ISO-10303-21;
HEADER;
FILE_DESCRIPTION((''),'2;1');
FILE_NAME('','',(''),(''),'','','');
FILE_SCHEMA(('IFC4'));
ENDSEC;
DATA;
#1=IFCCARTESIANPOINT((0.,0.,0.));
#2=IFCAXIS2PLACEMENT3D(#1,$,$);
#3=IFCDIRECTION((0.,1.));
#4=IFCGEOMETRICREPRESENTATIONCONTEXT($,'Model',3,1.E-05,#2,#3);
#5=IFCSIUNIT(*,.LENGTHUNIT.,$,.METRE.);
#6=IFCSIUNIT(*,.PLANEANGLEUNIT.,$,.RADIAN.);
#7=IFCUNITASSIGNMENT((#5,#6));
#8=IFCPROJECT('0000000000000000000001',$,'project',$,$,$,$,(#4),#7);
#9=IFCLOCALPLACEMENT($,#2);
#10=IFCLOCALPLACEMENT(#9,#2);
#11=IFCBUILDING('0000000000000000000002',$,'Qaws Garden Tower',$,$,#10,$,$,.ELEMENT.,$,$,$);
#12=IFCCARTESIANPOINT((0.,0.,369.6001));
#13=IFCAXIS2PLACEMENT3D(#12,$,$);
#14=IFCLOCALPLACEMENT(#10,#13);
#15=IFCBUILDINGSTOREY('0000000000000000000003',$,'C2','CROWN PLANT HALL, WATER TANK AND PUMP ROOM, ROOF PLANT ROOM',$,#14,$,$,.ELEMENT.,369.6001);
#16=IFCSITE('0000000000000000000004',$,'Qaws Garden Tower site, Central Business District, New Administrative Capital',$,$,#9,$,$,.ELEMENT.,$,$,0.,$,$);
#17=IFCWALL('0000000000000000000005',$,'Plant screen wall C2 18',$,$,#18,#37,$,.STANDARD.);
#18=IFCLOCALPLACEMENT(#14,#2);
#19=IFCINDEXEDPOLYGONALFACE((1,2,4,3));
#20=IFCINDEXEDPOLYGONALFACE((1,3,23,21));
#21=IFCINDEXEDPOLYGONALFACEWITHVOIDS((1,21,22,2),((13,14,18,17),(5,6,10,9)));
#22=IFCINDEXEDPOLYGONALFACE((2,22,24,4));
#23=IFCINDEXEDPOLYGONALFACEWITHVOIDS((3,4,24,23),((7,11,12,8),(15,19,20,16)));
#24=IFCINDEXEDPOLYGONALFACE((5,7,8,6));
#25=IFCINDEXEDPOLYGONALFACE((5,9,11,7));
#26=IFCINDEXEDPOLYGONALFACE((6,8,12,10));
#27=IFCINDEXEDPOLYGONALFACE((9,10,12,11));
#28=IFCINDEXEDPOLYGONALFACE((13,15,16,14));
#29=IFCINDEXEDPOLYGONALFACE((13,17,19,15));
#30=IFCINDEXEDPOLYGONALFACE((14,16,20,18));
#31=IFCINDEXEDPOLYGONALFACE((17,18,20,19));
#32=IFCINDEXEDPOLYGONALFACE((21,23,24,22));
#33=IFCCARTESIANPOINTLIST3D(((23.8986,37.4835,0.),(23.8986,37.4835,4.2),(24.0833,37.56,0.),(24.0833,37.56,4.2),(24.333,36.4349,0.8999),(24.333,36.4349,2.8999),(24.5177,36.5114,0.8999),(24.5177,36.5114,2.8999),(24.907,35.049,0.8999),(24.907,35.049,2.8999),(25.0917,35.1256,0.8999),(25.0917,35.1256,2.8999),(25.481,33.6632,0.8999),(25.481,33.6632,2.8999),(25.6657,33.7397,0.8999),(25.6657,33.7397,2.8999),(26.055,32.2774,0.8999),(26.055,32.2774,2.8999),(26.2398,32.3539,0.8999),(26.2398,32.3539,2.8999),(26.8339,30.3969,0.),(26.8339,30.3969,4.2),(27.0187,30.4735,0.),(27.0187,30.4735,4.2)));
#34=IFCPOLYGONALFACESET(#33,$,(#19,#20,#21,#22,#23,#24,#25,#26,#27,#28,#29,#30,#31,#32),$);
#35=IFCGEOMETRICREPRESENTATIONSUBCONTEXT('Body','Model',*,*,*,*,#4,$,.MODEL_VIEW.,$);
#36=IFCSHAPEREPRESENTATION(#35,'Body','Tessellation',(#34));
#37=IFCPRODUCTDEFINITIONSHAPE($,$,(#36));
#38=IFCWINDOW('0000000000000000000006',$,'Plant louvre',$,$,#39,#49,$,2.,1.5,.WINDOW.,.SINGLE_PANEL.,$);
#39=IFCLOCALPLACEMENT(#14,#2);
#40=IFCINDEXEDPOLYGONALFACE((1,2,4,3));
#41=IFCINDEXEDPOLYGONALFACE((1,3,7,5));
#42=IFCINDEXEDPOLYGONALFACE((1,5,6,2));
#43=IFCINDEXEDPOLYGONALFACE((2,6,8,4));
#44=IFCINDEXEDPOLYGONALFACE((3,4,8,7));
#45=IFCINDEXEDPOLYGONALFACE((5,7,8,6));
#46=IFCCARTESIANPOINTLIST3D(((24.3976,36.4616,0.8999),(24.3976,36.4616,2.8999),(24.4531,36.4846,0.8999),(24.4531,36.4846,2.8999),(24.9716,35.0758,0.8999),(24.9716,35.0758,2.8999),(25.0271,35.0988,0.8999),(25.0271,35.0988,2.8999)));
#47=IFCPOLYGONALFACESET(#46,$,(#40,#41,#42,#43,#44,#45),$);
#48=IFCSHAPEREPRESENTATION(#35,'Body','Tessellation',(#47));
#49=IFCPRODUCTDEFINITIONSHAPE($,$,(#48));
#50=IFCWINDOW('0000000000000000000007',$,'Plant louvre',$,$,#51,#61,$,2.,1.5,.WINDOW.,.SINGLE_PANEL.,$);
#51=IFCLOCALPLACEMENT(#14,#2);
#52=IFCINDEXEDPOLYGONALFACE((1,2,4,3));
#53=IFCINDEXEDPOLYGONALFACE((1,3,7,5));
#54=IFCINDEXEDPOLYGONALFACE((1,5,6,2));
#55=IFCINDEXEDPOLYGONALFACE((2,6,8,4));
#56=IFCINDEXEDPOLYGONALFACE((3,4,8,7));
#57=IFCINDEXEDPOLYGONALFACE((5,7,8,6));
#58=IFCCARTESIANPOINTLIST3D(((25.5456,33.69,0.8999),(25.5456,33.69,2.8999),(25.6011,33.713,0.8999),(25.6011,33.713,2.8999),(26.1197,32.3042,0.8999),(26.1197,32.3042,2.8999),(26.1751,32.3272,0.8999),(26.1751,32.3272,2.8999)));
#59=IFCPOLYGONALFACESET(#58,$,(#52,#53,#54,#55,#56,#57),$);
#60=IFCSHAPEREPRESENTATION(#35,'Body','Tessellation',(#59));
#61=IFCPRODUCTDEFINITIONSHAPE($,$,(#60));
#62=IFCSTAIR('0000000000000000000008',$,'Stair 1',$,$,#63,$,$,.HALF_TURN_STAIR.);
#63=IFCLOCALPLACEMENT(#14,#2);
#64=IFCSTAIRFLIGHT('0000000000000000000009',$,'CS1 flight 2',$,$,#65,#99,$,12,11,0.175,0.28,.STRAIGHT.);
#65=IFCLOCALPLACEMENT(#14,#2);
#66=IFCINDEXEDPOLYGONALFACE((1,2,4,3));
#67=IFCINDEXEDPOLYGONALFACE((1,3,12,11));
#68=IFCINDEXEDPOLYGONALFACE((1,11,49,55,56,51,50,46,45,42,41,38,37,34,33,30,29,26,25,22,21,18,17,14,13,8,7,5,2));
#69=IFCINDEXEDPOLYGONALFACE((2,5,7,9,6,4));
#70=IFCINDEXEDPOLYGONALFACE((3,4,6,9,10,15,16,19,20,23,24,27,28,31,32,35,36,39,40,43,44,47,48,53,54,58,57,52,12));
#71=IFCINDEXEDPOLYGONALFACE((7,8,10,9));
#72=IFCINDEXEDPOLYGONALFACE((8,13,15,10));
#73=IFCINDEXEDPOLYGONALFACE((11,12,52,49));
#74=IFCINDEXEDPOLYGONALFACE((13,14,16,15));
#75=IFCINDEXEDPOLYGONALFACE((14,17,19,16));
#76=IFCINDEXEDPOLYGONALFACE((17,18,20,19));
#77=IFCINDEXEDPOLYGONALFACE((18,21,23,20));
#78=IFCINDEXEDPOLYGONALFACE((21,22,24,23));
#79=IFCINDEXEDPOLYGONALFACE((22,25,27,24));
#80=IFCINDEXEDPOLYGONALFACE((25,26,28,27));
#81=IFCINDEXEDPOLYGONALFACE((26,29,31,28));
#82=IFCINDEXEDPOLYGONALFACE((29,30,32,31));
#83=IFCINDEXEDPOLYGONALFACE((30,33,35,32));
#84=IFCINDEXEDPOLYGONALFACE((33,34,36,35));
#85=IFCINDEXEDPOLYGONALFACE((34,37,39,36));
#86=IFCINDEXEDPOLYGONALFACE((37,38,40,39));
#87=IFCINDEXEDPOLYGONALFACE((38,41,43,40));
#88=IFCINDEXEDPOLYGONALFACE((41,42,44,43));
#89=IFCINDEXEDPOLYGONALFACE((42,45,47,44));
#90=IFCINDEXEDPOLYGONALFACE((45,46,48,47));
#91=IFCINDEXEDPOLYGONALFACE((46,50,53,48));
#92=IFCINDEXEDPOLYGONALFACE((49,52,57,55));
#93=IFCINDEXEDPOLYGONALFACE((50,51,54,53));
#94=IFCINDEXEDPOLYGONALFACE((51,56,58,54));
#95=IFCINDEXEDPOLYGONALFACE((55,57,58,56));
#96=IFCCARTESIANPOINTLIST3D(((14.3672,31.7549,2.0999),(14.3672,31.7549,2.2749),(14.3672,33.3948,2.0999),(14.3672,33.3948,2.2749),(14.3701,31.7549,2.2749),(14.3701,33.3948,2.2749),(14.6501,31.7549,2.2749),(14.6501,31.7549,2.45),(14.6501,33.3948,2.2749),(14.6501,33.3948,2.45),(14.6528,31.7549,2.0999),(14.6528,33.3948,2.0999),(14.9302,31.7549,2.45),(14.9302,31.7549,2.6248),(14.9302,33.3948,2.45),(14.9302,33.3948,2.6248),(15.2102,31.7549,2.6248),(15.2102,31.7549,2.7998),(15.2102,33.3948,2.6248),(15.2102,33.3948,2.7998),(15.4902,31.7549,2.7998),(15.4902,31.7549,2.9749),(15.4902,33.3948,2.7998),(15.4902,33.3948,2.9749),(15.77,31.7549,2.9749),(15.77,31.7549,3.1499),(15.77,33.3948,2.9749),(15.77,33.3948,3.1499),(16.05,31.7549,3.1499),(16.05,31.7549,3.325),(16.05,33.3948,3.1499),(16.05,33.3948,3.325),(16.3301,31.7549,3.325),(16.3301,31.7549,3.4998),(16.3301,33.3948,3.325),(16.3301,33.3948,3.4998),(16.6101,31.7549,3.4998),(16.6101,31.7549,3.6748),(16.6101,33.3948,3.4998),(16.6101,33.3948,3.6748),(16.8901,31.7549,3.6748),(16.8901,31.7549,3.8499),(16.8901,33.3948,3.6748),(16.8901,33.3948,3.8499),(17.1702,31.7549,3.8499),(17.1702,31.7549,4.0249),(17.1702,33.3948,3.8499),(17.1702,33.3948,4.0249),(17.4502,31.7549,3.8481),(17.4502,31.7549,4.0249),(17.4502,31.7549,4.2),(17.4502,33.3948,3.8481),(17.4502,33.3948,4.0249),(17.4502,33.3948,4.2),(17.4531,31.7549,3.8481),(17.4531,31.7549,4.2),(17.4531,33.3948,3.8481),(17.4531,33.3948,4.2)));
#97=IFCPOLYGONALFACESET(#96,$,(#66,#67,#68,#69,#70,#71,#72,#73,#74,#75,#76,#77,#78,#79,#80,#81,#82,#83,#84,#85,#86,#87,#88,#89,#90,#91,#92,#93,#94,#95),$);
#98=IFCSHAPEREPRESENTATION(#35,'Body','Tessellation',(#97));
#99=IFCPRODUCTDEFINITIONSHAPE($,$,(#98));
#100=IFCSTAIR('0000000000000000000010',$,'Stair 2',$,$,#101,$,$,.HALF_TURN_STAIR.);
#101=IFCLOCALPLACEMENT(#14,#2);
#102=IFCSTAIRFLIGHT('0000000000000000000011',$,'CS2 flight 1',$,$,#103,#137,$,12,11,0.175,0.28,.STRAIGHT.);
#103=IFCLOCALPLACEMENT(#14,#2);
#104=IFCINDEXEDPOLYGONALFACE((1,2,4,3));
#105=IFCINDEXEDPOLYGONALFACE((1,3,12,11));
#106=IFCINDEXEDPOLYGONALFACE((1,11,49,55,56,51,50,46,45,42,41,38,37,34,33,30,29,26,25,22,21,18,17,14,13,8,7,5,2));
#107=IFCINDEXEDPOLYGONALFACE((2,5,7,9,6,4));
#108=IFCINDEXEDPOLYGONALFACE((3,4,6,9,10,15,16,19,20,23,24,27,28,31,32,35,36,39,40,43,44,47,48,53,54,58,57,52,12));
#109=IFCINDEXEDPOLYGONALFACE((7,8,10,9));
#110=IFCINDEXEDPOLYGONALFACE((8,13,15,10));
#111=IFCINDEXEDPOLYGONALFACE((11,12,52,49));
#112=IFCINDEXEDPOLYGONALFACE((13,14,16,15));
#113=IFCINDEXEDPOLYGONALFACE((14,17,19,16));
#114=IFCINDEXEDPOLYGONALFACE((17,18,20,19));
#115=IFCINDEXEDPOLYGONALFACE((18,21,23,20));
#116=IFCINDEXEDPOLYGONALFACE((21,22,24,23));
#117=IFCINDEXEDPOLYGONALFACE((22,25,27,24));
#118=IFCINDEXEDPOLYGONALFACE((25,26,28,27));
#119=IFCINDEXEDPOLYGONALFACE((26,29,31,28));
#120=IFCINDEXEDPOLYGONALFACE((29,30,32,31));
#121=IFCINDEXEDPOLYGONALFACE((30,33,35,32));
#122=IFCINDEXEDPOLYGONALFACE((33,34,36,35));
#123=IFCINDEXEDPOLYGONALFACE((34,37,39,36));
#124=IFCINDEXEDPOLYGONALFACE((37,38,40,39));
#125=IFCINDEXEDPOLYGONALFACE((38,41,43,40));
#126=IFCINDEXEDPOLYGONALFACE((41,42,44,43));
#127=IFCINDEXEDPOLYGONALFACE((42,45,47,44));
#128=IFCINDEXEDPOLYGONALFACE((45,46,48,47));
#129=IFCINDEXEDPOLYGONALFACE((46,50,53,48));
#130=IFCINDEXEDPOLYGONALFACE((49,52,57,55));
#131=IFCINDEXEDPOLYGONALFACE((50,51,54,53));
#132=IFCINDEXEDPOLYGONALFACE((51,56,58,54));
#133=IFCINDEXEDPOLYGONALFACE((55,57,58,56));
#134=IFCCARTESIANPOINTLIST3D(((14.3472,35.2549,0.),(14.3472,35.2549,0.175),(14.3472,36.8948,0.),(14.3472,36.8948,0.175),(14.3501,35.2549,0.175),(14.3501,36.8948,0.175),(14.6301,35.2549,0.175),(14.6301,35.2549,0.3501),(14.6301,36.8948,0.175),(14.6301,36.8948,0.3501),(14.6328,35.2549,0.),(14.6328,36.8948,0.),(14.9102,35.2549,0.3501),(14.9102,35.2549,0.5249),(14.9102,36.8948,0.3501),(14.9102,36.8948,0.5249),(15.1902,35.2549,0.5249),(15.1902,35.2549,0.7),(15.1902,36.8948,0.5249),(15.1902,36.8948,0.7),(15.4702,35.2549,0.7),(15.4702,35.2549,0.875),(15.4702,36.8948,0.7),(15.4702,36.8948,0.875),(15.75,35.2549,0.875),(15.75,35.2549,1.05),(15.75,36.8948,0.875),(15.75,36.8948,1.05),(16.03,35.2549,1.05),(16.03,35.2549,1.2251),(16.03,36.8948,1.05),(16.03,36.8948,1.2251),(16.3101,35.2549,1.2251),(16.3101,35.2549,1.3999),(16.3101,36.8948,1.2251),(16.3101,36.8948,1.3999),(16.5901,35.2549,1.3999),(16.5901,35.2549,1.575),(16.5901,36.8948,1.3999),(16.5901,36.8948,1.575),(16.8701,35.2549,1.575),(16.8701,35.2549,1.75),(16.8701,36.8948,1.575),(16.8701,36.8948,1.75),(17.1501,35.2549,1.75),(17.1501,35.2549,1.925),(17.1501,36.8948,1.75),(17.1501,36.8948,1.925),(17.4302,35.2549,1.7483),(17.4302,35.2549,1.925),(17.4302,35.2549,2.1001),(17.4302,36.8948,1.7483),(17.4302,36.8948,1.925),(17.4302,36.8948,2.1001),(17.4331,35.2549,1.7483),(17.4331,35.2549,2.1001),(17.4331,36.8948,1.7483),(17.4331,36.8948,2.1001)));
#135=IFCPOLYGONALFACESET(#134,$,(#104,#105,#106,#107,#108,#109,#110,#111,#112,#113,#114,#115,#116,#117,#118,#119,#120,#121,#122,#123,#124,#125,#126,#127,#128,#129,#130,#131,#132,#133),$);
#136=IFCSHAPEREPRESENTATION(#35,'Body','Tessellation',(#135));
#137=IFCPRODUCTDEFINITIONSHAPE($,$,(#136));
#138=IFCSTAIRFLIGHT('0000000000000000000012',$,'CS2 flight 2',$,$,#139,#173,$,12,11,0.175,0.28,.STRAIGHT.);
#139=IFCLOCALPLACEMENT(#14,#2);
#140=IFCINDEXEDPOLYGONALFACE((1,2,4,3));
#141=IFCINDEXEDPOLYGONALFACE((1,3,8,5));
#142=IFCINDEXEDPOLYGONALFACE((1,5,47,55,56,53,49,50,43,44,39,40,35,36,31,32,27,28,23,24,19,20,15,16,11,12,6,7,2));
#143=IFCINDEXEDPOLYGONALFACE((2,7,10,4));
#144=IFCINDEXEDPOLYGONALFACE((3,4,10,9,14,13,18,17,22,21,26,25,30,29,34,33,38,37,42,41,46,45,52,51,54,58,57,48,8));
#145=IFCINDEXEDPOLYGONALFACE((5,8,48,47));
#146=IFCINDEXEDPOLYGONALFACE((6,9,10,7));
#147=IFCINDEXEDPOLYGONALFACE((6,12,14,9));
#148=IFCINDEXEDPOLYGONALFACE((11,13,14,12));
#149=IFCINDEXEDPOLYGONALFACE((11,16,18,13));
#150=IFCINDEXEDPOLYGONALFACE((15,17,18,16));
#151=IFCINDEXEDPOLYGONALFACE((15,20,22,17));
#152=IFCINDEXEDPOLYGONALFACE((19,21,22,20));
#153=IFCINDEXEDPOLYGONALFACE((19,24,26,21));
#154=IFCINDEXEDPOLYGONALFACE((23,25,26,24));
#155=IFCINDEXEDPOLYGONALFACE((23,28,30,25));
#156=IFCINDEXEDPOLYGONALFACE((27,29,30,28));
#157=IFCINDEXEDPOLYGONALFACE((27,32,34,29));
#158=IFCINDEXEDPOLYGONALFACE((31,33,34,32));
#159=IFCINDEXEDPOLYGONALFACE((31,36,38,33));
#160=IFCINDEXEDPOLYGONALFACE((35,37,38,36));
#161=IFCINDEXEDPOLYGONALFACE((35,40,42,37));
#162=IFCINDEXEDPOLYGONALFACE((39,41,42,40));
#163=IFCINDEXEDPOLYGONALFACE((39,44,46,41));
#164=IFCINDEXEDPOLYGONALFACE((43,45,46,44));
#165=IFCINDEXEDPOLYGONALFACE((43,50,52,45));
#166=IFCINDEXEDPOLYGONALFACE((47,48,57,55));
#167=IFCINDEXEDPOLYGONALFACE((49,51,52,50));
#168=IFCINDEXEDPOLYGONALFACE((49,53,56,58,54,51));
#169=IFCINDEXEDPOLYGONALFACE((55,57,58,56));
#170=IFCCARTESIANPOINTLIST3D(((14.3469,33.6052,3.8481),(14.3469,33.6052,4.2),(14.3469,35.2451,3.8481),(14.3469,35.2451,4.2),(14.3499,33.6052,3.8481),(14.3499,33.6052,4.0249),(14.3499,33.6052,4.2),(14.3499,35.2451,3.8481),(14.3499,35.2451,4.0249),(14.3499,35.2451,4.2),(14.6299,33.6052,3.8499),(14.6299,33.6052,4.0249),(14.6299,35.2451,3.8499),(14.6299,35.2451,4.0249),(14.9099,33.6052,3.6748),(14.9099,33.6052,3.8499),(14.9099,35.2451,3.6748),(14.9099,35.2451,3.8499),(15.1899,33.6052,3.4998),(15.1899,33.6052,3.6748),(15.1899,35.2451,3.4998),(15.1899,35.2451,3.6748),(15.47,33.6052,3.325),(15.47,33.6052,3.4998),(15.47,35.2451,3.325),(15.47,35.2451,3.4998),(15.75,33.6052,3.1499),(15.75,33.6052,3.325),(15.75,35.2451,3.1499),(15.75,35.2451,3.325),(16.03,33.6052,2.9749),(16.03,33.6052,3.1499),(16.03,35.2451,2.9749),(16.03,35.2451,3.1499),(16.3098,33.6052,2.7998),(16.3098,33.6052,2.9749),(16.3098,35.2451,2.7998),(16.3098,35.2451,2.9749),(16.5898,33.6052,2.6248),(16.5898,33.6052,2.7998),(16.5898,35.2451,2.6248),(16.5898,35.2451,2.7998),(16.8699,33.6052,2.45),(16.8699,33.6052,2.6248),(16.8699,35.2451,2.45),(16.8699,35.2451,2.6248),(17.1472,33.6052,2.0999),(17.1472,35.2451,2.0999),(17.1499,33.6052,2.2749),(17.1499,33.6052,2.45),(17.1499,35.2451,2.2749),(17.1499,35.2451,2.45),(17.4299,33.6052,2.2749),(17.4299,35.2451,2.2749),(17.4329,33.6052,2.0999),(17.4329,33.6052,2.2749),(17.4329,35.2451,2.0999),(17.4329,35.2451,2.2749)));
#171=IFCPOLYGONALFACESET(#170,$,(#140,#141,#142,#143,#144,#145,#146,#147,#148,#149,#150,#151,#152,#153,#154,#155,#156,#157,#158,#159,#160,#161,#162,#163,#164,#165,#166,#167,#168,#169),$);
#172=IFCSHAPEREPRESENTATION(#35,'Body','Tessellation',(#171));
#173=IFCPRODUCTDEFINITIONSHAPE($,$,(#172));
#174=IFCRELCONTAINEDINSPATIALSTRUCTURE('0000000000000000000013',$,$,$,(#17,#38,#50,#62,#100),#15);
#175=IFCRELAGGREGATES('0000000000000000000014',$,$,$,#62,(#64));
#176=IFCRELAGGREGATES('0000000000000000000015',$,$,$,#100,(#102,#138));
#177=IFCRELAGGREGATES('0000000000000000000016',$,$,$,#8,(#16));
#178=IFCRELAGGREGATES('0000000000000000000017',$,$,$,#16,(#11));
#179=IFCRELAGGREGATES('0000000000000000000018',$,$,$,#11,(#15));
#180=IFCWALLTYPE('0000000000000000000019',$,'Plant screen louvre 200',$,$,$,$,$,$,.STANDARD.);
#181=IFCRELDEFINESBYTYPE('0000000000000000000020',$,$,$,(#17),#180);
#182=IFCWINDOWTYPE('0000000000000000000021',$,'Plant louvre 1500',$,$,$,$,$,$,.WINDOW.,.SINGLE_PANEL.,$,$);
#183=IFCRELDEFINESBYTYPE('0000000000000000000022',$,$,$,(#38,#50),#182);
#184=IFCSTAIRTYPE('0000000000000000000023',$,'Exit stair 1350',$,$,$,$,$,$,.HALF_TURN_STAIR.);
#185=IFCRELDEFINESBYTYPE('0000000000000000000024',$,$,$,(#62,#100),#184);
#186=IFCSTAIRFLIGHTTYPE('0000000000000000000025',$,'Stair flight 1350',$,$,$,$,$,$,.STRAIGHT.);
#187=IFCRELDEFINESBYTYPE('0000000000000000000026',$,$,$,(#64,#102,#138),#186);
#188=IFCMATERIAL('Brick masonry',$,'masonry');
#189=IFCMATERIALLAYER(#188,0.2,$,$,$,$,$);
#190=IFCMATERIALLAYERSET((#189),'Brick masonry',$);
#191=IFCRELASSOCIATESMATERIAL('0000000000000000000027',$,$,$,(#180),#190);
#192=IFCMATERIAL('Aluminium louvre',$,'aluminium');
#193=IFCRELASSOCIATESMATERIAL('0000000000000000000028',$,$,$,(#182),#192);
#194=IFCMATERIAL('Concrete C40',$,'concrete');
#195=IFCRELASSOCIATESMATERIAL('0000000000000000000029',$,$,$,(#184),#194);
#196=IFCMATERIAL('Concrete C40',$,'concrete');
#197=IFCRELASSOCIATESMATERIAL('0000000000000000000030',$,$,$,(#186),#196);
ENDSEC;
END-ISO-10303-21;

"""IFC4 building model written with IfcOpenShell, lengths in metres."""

from ifc_helpers import new_model, si_unit, direction, frame, frame_2d, origin, place, context, subcontext, project, spatial, polyline, rectangle, outline, extrude, material, layer, layer_set, type_object, element, fill, aggregate, save


model = new_model("IFC4")

# Units and contexts
model_context = context("Model", 3, precision=1e-05, world=origin(), true_north=direction((0.0, 1.0)))
body_context = subcontext(model_context, "Body", "Model", "MODEL_VIEW")
ifc_project = project(units=[si_unit("LENGTHUNIT", "METRE"), si_unit("PLANEANGLEUNIT", "RADIAN")], contexts=[model_context])

# Site, building, storey
site_placement = place(None, origin())
site = spatial("IfcSite", under=ifc_project, at=site_placement, Name="Qaws Garden Tower site, Central Business District, New Administrative Capital", CompositionType="ELEMENT", RefElevation=0.0)
building_placement = place(site_placement, origin())
building = spatial("IfcBuilding", under=site, at=building_placement, Name="Qaws Garden Tower", CompositionType="ELEMENT")
storey_placement = place(building_placement, frame((0.0, 0.0, 369.6001)))
storey = spatial("IfcBuildingStorey", under=building, at=storey_placement, Name="C2", Description="CROWN PLANT HALL, WATER TANK AND PUMP ROOM, ROOF PLANT ROOM", CompositionType="ELEMENT", Elevation=369.6001)

# Shared definitions
ifc_material_1 = material(Name="Brick masonry", Category="masonry")
ifc_layer_1 = layer(ifc_material_1, 0.2)
ifc_layer_set_1 = layer_set([ifc_layer_1], Name="Brick masonry")
wall_type_1 = type_object("IfcWallType", Name="Plant screen louvre 200", PredefinedType="STANDARD", material=ifc_layer_set_1)

# Wall, openings, windows
wall_1_placement = place(storey_placement, frame((23.991, 37.5217, 0.0), z_axis=(0.0, 0.0, 1.0), x_axis=(0.382684, -0.923879, 0.0)))
wall_1 = element("IfcWall", 1, at=wall_1_placement, inside=storey, type_object=wall_type_1, Name="Plant screen wall C2 18", PredefinedType="STANDARD", context=body_context, shape_type="SweptSolid", body=[
    extrude(rectangle(XDim=7.6704, YDim=0.2, at=frame_2d((3.8352, 0.0))), origin(), (0.0, 0.0, 1.0), 4.2),
])
opening_1_placement = place(wall_1_placement, frame((1.135, 0.0, 0.8999)))
opening_1 = element("IfcOpeningElement", 2, at=opening_1_placement, cuts=wall_1, PredefinedType="OPENING", context=body_context, shape_type="SweptSolid", body=[
    extrude(rectangle(XDim=1.5, YDim=2.0, at=frame_2d((0.75, 1.0))), frame((0.0, 0.1099, 0.0), z_axis=(0.0, -1.0, 0.0), x_axis=(1.0, 0.0, 0.0)), (0.0, 0.0, 1.0), 0.22),
])
opening_2_placement = place(wall_1_placement, frame((4.135, 0.0, 0.8999)))
opening_2 = element("IfcOpeningElement", 3, at=opening_2_placement, cuts=wall_1, PredefinedType="OPENING", context=body_context, shape_type="SweptSolid", body=[
    extrude(rectangle(XDim=1.5, YDim=2.0, at=frame_2d((0.75, 1.0))), frame((0.0, 0.1099, 0.0), z_axis=(0.0, -1.0, 0.0), x_axis=(1.0, 0.0, 0.0)), (0.0, 0.0, 1.0), 0.22),
])
ifc_material_2 = material(Name="Aluminium louvre", Category="aluminium")
window_type = type_object("IfcWindowType", Name="Plant louvre 1500", PartitioningType="SINGLE_PANEL", PredefinedType="WINDOW", material=ifc_material_2)
window_1_placement = place(opening_1_placement, origin())
window_1 = element("IfcWindow", 4, at=window_1_placement, inside=storey, type_object=window_type, Name="Plant louvre", OverallHeight=2.0, OverallWidth=1.5, PartitioningType="SINGLE_PANEL", PredefinedType="WINDOW", context=body_context, shape_type="SweptSolid", body=[
    extrude(rectangle(XDim=1.5, YDim=2.0, at=frame_2d((0.75, 1.0))), frame((0.0, 0.03, 0.0), z_axis=(0.0, -1.0, 0.0), x_axis=(1.0, 0.0, 0.0)), (0.0, 0.0, 1.0), 0.0601),
])
fill(opening_1, window_1)
window_2_placement = place(opening_2_placement, origin())
window_2 = element("IfcWindow", 5, at=window_2_placement, inside=storey, type_object=window_type, Name="Plant louvre", OverallHeight=2.0, OverallWidth=1.5, PartitioningType="SINGLE_PANEL", PredefinedType="WINDOW", context=body_context, shape_type="SweptSolid", body=[
    extrude(rectangle(XDim=1.5, YDim=2.0, at=frame_2d((0.75, 1.0))), frame((0.0, 0.03, 0.0), z_axis=(0.0, -1.0, 0.0), x_axis=(1.0, 0.0, 0.0)), (0.0, 0.0, 1.0), 0.0601),
])
fill(opening_2, window_2)

# Stair, stair flight
ifc_material_3 = material(Name="Concrete C40", Category="concrete")
stair_type = type_object("IfcStairType", Name="Exit stair 1350", PredefinedType="HALF_TURN_STAIR", material=ifc_material_3)
placement = place(storey_placement, origin())
stair_1 = element("IfcStair", 6, at=placement, inside=storey, type_object=stair_type, Name="Stair 1", PredefinedType="HALF_TURN_STAIR")
ifc_material_4 = material(Name="Concrete C40", Category="concrete")
stair_flight_type = type_object("IfcStairFlightType", Name="Stair flight 1350", PredefinedType="STRAIGHT", material=ifc_material_4)
stair_flight_1_placement = place(storey_placement, frame((14.3701, 32.575, 2.0999), z_axis=(0.0, 0.0, 1.0), x_axis=(1.0, 0.0, 0.0)))
stair_flight_1 = element("IfcStairFlight", 7, at=stair_flight_1_placement, type_object=stair_flight_type, Name="CS1 flight 2", NumberOfRisers=12, NumberOfTreads=11, PredefinedType="STRAIGHT", RiserHeight=0.175, TreadLength=0.28, context=body_context, shape_type="SweptSolid", body=[
    extrude(outline(polyline([(-0.0029, 0.0), (-0.0029, 0.175), (0.0, 0.175), (0.28, 0.175), (0.28, 0.3501), (0.5601, 0.3501), (0.5601, 0.5249), (0.8401, 0.5249), (0.8401, 0.7), (1.1201, 0.7), (1.1201, 0.875), (1.3999, 0.875), (1.3999, 1.05), (1.6799, 1.05), (1.6799, 1.2251), (1.96, 1.2251), (1.96, 1.3999), (2.24, 1.3999), (2.24, 1.575), (2.52, 1.575), (2.52, 1.75), (2.8, 1.75), (2.8, 1.925), (3.0801, 1.925), (3.0801, 2.1001), (3.083, 2.1001), (3.083, 1.7483), (3.0801, 1.7483), (0.2827, 0.0), (-0.0029, 0.0)])), frame((0.0, 0.8198, 0.0), z_axis=(0.0, -1.0, 0.0), x_axis=(1.0, 0.0, 0.0)), (0.0, 0.0, 1.0), 1.6399),
])
aggregate(stair_1, [stair_flight_1])

# Stair, stair flights
stair_2 = element("IfcStair", 8, at=placement, inside=storey, type_object=stair_type, Name="Stair 2", PredefinedType="HALF_TURN_STAIR")
stair_flight_2_placement = place(storey_placement, frame((14.3501, 36.075, 0.0), z_axis=(0.0, 0.0, 1.0), x_axis=(1.0, 0.0, 0.0)))
stair_flight_2 = element("IfcStairFlight", 9, at=stair_flight_2_placement, type_object=stair_flight_type, Name="CS2 flight 1", NumberOfRisers=12, NumberOfTreads=11, PredefinedType="STRAIGHT", RiserHeight=0.175, TreadLength=0.28, context=body_context, shape_type="SweptSolid", body=[
    extrude(outline(polyline([(-0.0029, 0.0), (-0.0029, 0.175), (0.0, 0.175), (0.28, 0.175), (0.28, 0.3501), (0.5601, 0.3501), (0.5601, 0.5249), (0.8401, 0.5249), (0.8401, 0.7), (1.1201, 0.7), (1.1201, 0.875), (1.3999, 0.875), (1.3999, 1.05), (1.6799, 1.05), (1.6799, 1.2251), (1.96, 1.2251), (1.96, 1.3999), (2.24, 1.3999), (2.24, 1.575), (2.52, 1.575), (2.52, 1.75), (2.8, 1.75), (2.8, 1.925), (3.0801, 1.925), (3.0801, 2.1001), (3.083, 2.1001), (3.083, 1.7483), (3.0801, 1.7483), (0.2827, 0.0), (-0.0029, 0.0)])), frame((0.0, 0.8198, 0.0), z_axis=(0.0, -1.0, 0.0), x_axis=(1.0, 0.0, 0.0)), (0.0, 0.0, 1.0), 1.6399),
])
stair_flight_3_placement = place(storey_placement, frame((17.4299, 34.425, 2.0999), z_axis=(0.0, 0.0, 1.0), x_axis=(-1.0, 0.0, 0.0)))
stair_flight_3 = element("IfcStairFlight", 10, at=stair_flight_3_placement, type_object=stair_flight_type, Name="CS2 flight 2", NumberOfRisers=12, NumberOfTreads=11, PredefinedType="STRAIGHT", RiserHeight=0.175, TreadLength=0.28, context=body_context, shape_type="SweptSolid", body=[
    extrude(outline(polyline([(-0.0029, 0.0), (-0.0029, 0.175), (0.0, 0.175), (0.28, 0.175), (0.28, 0.3501), (0.5601, 0.3501), (0.5601, 0.5249), (0.8401, 0.5249), (0.8401, 0.7), (1.1201, 0.7), (1.1201, 0.875), (1.3999, 0.875), (1.3999, 1.05), (1.6799, 1.05), (1.6799, 1.2251), (1.96, 1.2251), (1.96, 1.3999), (2.24, 1.3999), (2.24, 1.575), (2.52, 1.575), (2.52, 1.75), (2.8, 1.75), (2.8, 1.925), (3.0801, 1.925), (3.0801, 2.1001), (3.083, 2.1001), (3.083, 1.7483), (3.0801, 1.7483), (0.2827, 0.0), (-0.0029, 0.0)])), frame((0.0, 0.8198, 0.0), z_axis=(0.0, -1.0, 0.0), x_axis=(1.0, 0.0, 0.0)), (0.0, 0.0, 1.0), 1.6399),
])
aggregate(stair_2, [stair_flight_2, stair_flight_3])

save(model, "model.ifc")
